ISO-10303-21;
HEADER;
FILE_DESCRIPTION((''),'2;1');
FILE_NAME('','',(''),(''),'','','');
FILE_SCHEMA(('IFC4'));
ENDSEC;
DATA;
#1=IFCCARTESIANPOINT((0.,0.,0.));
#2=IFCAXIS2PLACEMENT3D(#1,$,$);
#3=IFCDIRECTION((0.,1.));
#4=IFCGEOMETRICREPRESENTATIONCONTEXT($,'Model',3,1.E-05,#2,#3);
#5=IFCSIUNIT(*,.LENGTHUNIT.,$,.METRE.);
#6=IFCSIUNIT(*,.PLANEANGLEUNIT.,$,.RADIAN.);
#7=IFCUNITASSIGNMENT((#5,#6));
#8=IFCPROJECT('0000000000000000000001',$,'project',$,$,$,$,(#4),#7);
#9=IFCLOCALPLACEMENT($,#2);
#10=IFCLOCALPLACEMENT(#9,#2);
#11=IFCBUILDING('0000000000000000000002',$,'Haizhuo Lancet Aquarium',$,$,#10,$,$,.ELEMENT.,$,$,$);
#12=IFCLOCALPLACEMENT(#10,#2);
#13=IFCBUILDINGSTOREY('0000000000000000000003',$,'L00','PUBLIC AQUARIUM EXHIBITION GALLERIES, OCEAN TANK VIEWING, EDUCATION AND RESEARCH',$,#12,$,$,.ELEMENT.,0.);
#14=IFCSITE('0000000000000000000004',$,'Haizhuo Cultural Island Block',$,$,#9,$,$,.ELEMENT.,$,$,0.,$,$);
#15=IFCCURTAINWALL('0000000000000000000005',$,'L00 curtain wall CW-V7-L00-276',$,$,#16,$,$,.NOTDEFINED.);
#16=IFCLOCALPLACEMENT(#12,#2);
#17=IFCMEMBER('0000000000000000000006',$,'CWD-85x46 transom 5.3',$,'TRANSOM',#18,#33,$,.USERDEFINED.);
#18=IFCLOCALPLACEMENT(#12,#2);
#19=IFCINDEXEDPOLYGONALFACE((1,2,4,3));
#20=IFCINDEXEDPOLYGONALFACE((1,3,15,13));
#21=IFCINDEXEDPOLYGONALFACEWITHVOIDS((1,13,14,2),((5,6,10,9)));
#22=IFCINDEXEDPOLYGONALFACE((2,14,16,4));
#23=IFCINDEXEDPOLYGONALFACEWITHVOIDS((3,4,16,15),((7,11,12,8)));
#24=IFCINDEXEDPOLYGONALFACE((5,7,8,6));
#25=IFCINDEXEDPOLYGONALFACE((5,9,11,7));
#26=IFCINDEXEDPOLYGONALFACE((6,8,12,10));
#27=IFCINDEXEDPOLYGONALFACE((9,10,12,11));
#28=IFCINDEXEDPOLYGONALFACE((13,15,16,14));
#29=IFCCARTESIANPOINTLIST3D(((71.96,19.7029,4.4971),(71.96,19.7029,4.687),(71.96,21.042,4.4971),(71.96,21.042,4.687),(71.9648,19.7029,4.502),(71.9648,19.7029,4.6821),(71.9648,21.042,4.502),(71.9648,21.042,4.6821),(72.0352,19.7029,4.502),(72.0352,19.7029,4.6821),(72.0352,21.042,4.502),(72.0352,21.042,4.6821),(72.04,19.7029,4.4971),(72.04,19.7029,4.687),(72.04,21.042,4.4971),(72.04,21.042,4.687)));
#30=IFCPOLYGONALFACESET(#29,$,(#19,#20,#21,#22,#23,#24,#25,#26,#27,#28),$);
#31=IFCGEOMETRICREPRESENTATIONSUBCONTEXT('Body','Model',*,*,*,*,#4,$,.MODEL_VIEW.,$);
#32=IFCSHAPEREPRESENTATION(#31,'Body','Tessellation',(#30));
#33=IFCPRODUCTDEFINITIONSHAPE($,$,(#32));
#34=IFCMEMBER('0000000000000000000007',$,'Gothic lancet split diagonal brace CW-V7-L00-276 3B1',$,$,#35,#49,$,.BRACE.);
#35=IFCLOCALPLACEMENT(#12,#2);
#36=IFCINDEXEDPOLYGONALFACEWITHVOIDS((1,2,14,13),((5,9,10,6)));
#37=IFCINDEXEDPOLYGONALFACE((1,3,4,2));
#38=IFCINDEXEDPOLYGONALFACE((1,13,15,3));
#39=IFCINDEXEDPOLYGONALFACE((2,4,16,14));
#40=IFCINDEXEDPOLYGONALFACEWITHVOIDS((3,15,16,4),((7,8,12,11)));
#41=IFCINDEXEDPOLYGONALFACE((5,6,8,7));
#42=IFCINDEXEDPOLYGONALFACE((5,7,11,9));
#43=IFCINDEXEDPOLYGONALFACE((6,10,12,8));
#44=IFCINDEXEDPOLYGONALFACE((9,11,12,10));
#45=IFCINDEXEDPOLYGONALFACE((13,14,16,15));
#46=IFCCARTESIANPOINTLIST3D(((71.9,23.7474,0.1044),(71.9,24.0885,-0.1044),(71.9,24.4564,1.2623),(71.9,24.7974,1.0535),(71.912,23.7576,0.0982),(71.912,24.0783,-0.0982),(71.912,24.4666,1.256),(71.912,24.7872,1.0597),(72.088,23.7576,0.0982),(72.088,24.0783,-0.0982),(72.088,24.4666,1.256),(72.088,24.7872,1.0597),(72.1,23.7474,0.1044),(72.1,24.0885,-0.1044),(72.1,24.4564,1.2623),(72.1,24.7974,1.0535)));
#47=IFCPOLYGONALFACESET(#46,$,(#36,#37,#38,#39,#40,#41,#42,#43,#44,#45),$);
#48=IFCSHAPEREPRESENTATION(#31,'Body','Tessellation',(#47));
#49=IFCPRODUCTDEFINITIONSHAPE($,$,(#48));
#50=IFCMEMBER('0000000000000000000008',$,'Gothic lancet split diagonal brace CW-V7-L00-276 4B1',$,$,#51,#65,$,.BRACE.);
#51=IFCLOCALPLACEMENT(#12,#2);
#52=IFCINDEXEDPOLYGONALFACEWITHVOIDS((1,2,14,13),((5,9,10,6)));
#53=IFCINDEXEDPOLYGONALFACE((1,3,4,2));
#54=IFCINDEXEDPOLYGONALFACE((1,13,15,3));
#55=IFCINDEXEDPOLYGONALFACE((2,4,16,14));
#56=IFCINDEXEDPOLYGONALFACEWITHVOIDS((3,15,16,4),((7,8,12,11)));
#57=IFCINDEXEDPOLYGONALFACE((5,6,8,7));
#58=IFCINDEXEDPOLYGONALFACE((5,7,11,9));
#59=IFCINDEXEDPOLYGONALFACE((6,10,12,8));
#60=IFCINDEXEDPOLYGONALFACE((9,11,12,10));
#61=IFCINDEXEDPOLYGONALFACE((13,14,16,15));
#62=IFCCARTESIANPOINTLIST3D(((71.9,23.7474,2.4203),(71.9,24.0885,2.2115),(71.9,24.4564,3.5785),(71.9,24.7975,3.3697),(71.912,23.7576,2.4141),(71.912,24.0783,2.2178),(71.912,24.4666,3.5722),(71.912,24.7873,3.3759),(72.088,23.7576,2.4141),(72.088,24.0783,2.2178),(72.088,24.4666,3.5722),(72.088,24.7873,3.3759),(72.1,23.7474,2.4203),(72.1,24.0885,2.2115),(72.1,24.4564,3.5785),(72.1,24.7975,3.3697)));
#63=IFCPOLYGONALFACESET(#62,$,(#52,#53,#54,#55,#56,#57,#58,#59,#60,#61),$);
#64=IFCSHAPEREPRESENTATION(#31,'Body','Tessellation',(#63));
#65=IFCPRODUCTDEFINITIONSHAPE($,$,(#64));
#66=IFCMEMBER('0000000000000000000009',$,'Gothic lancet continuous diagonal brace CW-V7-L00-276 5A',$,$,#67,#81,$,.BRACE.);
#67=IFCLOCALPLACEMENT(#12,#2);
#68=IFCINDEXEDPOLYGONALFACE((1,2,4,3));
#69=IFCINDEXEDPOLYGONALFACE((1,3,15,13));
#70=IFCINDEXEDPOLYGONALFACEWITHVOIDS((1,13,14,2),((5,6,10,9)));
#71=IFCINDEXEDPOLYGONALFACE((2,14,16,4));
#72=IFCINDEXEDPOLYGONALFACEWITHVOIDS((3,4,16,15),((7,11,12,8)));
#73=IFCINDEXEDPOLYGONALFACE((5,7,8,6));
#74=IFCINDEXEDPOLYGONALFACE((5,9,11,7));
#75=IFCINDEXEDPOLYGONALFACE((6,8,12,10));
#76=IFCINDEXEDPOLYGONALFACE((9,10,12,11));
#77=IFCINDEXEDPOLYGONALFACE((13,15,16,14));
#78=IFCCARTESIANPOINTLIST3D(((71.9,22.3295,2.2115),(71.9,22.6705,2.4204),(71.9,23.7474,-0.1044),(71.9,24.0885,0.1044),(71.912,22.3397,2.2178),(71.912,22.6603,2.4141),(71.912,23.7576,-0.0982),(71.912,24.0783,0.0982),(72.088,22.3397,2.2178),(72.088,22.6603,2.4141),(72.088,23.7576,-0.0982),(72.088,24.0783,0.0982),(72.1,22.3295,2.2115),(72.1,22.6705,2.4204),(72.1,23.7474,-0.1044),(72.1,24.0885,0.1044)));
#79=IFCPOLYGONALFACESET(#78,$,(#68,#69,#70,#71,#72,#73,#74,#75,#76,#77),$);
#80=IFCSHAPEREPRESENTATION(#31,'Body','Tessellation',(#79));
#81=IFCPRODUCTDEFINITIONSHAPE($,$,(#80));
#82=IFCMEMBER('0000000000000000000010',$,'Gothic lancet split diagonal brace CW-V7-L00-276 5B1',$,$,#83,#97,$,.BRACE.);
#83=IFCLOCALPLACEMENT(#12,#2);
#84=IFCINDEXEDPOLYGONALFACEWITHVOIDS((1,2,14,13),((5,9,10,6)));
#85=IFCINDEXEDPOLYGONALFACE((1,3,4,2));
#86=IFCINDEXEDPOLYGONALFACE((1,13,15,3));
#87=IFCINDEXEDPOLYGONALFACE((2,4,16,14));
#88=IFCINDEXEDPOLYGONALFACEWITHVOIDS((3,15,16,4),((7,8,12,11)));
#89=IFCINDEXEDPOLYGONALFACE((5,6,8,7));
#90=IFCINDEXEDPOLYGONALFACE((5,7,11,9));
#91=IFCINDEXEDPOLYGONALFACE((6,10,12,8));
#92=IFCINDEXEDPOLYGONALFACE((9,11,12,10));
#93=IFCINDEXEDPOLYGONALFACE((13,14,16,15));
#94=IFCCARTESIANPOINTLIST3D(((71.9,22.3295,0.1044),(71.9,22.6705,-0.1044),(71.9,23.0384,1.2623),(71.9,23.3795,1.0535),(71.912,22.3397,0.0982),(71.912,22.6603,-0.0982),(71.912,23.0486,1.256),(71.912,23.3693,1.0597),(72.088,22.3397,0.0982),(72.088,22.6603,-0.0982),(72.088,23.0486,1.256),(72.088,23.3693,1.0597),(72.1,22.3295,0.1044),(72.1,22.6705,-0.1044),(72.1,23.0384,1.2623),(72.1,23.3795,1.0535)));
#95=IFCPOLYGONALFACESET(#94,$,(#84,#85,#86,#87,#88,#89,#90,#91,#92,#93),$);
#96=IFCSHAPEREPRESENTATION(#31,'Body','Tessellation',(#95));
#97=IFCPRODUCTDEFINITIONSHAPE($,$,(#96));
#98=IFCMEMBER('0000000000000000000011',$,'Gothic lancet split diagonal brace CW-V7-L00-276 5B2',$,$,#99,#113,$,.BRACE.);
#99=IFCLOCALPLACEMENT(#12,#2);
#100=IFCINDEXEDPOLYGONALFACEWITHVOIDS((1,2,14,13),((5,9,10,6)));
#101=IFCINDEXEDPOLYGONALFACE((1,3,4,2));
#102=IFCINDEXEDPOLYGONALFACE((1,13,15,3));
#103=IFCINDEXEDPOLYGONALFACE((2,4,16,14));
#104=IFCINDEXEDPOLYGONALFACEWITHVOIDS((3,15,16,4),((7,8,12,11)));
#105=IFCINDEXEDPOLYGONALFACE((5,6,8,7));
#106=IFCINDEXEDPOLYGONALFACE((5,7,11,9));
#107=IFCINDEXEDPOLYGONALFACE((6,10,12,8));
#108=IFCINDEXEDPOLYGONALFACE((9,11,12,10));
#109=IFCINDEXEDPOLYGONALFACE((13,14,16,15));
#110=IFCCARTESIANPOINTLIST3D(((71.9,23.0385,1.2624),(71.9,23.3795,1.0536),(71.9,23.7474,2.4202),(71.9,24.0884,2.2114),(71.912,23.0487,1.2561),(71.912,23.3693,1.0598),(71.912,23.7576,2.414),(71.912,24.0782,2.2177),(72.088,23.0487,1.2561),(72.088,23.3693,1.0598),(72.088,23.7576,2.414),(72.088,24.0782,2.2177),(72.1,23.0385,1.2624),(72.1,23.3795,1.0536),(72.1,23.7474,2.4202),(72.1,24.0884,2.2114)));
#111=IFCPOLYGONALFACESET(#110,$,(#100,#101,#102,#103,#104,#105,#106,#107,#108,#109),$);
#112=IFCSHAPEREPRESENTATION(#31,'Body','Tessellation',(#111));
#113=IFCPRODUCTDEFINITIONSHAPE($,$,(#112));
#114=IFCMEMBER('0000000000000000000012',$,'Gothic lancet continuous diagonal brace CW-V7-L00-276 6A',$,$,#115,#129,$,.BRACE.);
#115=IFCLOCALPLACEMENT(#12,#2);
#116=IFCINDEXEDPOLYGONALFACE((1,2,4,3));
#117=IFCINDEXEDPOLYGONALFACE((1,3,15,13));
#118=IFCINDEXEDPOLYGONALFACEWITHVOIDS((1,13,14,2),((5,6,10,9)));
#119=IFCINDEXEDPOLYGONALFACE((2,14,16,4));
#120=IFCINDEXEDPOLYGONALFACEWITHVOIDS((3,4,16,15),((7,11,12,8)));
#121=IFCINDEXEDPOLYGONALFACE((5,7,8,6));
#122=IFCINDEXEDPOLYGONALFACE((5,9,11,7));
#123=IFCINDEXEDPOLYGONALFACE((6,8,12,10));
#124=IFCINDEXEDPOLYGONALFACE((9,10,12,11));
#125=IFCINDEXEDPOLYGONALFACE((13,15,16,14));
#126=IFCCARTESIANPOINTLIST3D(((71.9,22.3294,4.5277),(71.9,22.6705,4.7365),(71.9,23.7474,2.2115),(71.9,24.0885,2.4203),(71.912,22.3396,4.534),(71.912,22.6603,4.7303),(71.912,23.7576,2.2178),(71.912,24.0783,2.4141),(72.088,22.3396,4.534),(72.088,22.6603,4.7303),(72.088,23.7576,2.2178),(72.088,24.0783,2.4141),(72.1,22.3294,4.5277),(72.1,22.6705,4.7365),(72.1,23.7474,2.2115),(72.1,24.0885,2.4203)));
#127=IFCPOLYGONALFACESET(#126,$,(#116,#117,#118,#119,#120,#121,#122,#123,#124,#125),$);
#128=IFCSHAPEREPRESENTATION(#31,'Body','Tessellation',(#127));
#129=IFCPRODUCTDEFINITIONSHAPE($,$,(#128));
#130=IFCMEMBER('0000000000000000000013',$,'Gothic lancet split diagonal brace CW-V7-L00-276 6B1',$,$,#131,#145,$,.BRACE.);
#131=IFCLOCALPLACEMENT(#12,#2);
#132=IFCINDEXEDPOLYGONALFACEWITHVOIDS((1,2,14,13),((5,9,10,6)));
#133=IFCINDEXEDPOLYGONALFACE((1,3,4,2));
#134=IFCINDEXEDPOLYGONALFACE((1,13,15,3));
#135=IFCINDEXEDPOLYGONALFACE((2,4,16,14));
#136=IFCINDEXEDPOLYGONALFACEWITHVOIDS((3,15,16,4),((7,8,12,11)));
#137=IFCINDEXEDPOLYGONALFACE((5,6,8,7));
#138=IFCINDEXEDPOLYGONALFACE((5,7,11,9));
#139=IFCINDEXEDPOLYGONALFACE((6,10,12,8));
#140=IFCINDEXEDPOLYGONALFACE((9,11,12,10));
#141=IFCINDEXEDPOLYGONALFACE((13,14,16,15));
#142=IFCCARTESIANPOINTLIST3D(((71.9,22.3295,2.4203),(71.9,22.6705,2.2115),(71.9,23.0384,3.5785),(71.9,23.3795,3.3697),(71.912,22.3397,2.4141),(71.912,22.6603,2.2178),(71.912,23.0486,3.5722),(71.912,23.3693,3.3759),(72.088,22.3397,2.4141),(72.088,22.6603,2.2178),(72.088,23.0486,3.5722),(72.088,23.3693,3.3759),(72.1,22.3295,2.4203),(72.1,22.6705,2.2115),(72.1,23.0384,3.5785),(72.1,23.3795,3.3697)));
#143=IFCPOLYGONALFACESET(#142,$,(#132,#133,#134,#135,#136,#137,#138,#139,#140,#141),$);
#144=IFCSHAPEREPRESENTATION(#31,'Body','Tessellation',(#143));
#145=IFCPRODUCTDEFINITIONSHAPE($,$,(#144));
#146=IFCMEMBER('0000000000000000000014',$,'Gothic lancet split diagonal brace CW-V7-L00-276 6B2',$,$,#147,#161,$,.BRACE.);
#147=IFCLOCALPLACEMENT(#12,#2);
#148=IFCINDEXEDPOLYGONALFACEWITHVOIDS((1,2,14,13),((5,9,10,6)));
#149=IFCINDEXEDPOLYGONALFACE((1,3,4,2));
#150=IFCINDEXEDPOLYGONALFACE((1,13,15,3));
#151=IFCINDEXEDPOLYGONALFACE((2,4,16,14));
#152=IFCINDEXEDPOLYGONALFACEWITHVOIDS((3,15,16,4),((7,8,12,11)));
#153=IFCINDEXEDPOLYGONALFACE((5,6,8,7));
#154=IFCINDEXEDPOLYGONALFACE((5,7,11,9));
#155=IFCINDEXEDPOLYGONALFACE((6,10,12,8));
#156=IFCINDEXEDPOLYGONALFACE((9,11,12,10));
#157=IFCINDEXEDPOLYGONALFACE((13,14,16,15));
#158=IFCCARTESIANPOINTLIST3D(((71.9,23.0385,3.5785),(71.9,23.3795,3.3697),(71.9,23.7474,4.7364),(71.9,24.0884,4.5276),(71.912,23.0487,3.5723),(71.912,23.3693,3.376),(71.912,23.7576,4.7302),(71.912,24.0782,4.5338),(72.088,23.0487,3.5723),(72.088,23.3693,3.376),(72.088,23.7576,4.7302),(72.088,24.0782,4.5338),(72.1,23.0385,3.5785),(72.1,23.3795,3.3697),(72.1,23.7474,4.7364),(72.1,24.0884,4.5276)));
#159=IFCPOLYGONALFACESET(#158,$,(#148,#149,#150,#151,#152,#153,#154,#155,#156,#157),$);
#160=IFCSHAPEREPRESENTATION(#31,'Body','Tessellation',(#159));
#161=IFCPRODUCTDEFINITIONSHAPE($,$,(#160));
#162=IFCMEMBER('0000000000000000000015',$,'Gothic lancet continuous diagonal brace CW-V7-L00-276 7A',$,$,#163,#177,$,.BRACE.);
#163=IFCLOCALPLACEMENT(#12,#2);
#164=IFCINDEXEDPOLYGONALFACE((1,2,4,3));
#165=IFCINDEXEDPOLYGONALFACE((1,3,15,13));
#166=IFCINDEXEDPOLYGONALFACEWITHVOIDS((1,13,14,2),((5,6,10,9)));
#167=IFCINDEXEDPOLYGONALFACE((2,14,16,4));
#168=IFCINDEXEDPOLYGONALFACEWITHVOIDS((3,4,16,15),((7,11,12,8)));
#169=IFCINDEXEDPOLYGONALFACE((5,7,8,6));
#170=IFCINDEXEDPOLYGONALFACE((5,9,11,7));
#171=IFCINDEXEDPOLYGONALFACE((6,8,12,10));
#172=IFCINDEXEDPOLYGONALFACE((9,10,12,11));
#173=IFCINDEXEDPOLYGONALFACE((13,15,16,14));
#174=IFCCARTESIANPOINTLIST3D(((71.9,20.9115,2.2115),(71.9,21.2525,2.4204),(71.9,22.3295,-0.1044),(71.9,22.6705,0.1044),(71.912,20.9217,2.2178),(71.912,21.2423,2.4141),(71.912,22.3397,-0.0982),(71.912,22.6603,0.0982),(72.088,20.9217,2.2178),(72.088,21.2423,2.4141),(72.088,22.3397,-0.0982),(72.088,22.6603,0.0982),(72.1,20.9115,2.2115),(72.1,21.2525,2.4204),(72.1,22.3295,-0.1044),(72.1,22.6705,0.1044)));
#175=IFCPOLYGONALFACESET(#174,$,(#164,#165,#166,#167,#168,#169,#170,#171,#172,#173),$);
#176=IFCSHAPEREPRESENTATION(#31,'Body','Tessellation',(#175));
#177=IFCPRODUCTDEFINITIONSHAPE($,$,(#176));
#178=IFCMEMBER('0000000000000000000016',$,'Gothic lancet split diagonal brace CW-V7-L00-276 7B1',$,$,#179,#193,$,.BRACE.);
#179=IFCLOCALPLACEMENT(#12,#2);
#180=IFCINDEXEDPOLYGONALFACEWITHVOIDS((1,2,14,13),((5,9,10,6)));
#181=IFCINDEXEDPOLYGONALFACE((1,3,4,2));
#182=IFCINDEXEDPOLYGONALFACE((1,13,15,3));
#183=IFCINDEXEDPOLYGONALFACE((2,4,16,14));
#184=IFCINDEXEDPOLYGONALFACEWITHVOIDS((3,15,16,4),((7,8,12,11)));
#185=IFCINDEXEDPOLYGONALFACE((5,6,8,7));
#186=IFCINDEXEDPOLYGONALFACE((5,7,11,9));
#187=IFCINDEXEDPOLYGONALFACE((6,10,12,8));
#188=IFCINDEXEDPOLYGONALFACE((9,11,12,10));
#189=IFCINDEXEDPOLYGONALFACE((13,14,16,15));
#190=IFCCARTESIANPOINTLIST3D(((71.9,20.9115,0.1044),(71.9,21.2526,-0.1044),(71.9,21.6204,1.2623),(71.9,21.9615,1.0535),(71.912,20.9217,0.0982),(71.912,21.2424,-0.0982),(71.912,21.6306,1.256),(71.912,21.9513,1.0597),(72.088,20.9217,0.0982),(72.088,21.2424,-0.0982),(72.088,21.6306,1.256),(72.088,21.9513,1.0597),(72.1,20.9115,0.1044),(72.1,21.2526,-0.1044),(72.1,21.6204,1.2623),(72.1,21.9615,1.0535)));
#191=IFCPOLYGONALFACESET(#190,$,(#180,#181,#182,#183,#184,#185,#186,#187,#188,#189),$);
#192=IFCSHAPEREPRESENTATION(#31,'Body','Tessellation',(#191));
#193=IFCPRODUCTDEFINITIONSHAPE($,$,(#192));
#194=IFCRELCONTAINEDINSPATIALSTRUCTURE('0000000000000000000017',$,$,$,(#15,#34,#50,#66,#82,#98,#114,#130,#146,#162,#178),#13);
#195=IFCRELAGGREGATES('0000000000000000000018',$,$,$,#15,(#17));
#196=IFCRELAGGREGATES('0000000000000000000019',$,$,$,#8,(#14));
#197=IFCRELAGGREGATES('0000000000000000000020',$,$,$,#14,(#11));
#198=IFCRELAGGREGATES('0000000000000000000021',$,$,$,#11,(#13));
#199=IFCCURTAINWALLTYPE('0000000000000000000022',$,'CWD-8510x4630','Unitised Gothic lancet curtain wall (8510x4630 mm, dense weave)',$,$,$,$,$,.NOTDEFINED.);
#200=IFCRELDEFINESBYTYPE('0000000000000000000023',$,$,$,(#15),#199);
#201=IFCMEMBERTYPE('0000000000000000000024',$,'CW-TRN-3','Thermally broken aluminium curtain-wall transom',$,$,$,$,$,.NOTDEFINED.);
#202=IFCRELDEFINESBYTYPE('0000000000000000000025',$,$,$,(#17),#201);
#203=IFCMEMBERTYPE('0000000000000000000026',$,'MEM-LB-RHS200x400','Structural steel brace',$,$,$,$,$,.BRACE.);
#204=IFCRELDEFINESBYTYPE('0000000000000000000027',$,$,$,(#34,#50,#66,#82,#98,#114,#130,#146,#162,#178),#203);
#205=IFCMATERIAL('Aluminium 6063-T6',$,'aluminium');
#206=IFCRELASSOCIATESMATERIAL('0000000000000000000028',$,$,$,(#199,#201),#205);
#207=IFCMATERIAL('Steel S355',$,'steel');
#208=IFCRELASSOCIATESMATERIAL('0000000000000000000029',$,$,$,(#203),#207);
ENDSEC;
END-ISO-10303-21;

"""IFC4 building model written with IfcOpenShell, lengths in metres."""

from ifc_helpers import new_model, si_unit, direction, frame, origin, origin_2d, place, context, subcontext, project, spatial, hollow_rectangle, extrude, material, material_profile, profile_set, type_object, element, aggregate, save


model = new_model("IFC4")

# Units and contexts
model_context = context("Model", 3, precision=1e-05, world=origin(), true_north=direction((0.0, 1.0)))
body_context = subcontext(model_context, "Body", "Model", "MODEL_VIEW")
ifc_project = project(units=[si_unit("LENGTHUNIT", "METRE"), si_unit("PLANEANGLEUNIT", "RADIAN")], contexts=[model_context])

# Site, building, storey
site_placement = place(None, origin())
site = spatial("IfcSite", under=ifc_project, at=site_placement, Name="Haizhuo Cultural Island Block", CompositionType="ELEMENT", RefElevation=0.0)
building_placement = place(site_placement, origin())
building = spatial("IfcBuilding", under=site, at=building_placement, Name="Haizhuo Lancet Aquarium", CompositionType="ELEMENT")
storey_placement = place(building_placement, origin())
storey = spatial("IfcBuildingStorey", under=building, at=storey_placement, Name="L00", Description="PUBLIC AQUARIUM EXHIBITION GALLERIES, OCEAN TANK VIEWING, EDUCATION AND RESEARCH", CompositionType="ELEMENT", Elevation=0.0)

# Curtain wall, member
ifc_material_1 = material(Name="Aluminium 6063-T6", Category="aluminium")
curtain_wall_type = type_object("IfcCurtainWallType", Name="CWD-8510x4630", Description="Unitised Gothic lancet curtain wall (8510x4630 mm, dense weave)", PredefinedType="NOTDEFINED", material=ifc_material_1)
curtain_wall_placement = place(storey_placement, origin())
curtain_wall = element("IfcCurtainWall", 1, at=curtain_wall_placement, inside=storey, type_object=curtain_wall_type, Name="L00 curtain wall CW-V7-L00-276", PredefinedType="NOTDEFINED")
ifc_material_profile_1 = material_profile(ifc_material_1, hollow_rectangle(XDim=0.0801, YDim=0.1899, WallThickness=0.0049, at=origin_2d()), Name="ALU-T 80x190x5")
ifc_profile_set_1 = profile_set([ifc_material_profile_1], Name="Aluminium 6063-T6")
member_type_1 = type_object("IfcMemberType", Name="CW-TRN-3", Description="Thermally broken aluminium curtain-wall transom", PredefinedType="NOTDEFINED", material=ifc_profile_set_1)
member_1_placement = place(storey_placement, frame((72.0, 21.042, 4.592), z_axis=(0.0, -1.0, 0.0), x_axis=(1.0, 0.0, 0.0)))
member_1 = element("IfcMember", 2, at=member_1_placement, type_object=member_type_1, Name="CWD-85x46 transom 5.3", ObjectType="TRANSOM", PredefinedType="USERDEFINED", context=body_context, shape_type="SweptSolid", body=[
    extrude(hollow_rectangle(XDim=0.0801, YDim=0.1899, WallThickness=0.0049, at=origin_2d()), origin(), (0.0, 0.0, 1.0), 1.3391),
])

# Members
ifc_material_2 = material(Name="Steel S355", Category="steel")
ifc_material_profile_2 = material_profile(ifc_material_2, hollow_rectangle(XDim=0.2, YDim=0.3999, WallThickness=0.012, at=origin_2d()), Name="RHS 200x400x12")
ifc_profile_set_2 = profile_set([ifc_material_profile_2], Name="Steel S355")
member_type_2 = type_object("IfcMemberType", Name="MEM-LB-RHS200x400", Description="Structural steel brace", PredefinedType="BRACE", material=ifc_profile_set_2)
member_2_placement = place(storey_placement, frame((72.0, 23.918, 0.0), z_axis=(0.0, 0.52217, 0.852841), x_axis=(-1.0, 0.0, 0.0)))
element("IfcMember", 3, at=member_2_placement, inside=storey, type_object=member_type_2, Name="Gothic lancet split diagonal brace CW-V7-L00-276 3B1", PredefinedType="BRACE", context=body_context, shape_type="SweptSolid", body=[
    extrude(hollow_rectangle(XDim=0.2, YDim=0.3999, WallThickness=0.012, at=origin_2d()), origin(), (0.0, 0.0, 1.0), 1.3577),
])
member_3_placement = place(storey_placement, frame((72.0, 23.918, 2.3159), z_axis=(0.0, 0.52209, 0.852891), x_axis=(-1.0, 0.0, 0.0)))
element("IfcMember", 4, at=member_3_placement, inside=storey, type_object=member_type_2, Name="Gothic lancet split diagonal brace CW-V7-L00-276 4B1", PredefinedType="BRACE", context=body_context, shape_type="SweptSolid", body=[
    extrude(hollow_rectangle(XDim=0.2, YDim=0.3999, WallThickness=0.012, at=origin_2d()), origin(), (0.0, 0.0, 1.0), 1.3579),
])
member_4_placement = place(storey_placement, frame((72.0, 23.918, 0.0), z_axis=(0.0, -0.52217, 0.852841), x_axis=(1.0, 0.0, 0.0)))
element("IfcMember", 5, at=member_4_placement, inside=storey, type_object=member_type_2, Name="Gothic lancet continuous diagonal brace CW-V7-L00-276 5A", PredefinedType="BRACE", context=body_context, shape_type="SweptSolid", body=[
    extrude(hollow_rectangle(XDim=0.2, YDim=0.3999, WallThickness=0.012, at=origin_2d()), origin(), (0.0, 0.0, 1.0), 2.7156),
])
for number, where, z_axis, x_axis, name in (
    (6, (72.0, 22.5, 0.0), (0.0, 0.52217, 0.852841), (-1.0, 0.0, 0.0), "Gothic lancet split diagonal brace CW-V7-L00-276 5B1"),
    (7, (72.0, 23.209, 1.158), (0.0, 0.52217, 0.852841), (-1.0, 0.0, 0.0), "Gothic lancet split diagonal brace CW-V7-L00-276 5B2"),
):
    element("IfcMember", number, at=place(storey_placement, frame(where, z_axis=z_axis, x_axis=x_axis)), inside=storey, type_object=member_type_2, Name=name, PredefinedType="BRACE", context=body_context, shape_type="SweptSolid", body=[
        extrude(hollow_rectangle(XDim=0.2, YDim=0.3999, WallThickness=0.012, at=origin_2d()), origin(), (0.0, 0.0, 1.0), 1.3577),
    ])
member_5_placement = place(storey_placement, frame((72.0, 23.918, 2.3159), z_axis=(0.0, -0.52213, 0.852866), x_axis=(1.0, 0.0, 0.0)))
element("IfcMember", 8, at=member_5_placement, inside=storey, type_object=member_type_2, Name="Gothic lancet continuous diagonal brace CW-V7-L00-276 6A", PredefinedType="BRACE", context=body_context, shape_type="SweptSolid", body=[
    extrude(hollow_rectangle(XDim=0.2, YDim=0.3999, WallThickness=0.012, at=origin_2d()), origin(), (0.0, 0.0, 1.0), 2.7158),
])
member_6_placement = place(storey_placement, frame((72.0, 22.5, 2.3159), z_axis=(0.0, 0.52209, 0.852891), x_axis=(-1.0, 0.0, 0.0)))
element("IfcMember", 9, at=member_6_placement, inside=storey, type_object=member_type_2, Name="Gothic lancet split diagonal brace CW-V7-L00-276 6B1", PredefinedType="BRACE", context=body_context, shape_type="SweptSolid", body=[
    extrude(hollow_rectangle(XDim=0.2, YDim=0.3999, WallThickness=0.012, at=origin_2d()), origin(), (0.0, 0.0, 1.0), 1.3579),
])
member_7_placement = place(storey_placement, frame((72.0, 23.209, 3.4741), z_axis=(0.0, 0.52217, 0.852841), x_axis=(-1.0, 0.0, 0.0)))
element("IfcMember", 10, at=member_7_placement, inside=storey, type_object=member_type_2, Name="Gothic lancet split diagonal brace CW-V7-L00-276 6B2", PredefinedType="BRACE", context=body_context, shape_type="SweptSolid", body=[
    extrude(hollow_rectangle(XDim=0.2, YDim=0.3999, WallThickness=0.012, at=origin_2d()), origin(), (0.0, 0.0, 1.0), 1.3577),
])
member_8_placement = place(storey_placement, frame((72.0, 22.5, 0.0), z_axis=(0.0, -0.52217, 0.852841), x_axis=(1.0, 0.0, 0.0)))
element("IfcMember", 11, at=member_8_placement, inside=storey, type_object=member_type_2, Name="Gothic lancet continuous diagonal brace CW-V7-L00-276 7A", PredefinedType="BRACE", context=body_context, shape_type="SweptSolid", body=[
    extrude(hollow_rectangle(XDim=0.2, YDim=0.3999, WallThickness=0.012, at=origin_2d()), origin(), (0.0, 0.0, 1.0), 2.7156),
])
for number, where, z_axis, x_axis, name in (
    (12, (72.0, 21.082, 0.0), (0.0, 0.52217, 0.852841), (-1.0, 0.0, 0.0), "Gothic lancet split diagonal brace CW-V7-L00-276 7B1"),
):
    element("IfcMember", number, at=place(storey_placement, frame(where, z_axis=z_axis, x_axis=x_axis)), inside=storey, type_object=member_type_2, Name=name, PredefinedType="BRACE", context=body_context, shape_type="SweptSolid", body=[
        extrude(hollow_rectangle(XDim=0.2, YDim=0.3999, WallThickness=0.012, at=origin_2d()), origin(), (0.0, 0.0, 1.0), 1.3577),
    ])

aggregate(curtain_wall, [member_1])

save(model, "model.ifc")
